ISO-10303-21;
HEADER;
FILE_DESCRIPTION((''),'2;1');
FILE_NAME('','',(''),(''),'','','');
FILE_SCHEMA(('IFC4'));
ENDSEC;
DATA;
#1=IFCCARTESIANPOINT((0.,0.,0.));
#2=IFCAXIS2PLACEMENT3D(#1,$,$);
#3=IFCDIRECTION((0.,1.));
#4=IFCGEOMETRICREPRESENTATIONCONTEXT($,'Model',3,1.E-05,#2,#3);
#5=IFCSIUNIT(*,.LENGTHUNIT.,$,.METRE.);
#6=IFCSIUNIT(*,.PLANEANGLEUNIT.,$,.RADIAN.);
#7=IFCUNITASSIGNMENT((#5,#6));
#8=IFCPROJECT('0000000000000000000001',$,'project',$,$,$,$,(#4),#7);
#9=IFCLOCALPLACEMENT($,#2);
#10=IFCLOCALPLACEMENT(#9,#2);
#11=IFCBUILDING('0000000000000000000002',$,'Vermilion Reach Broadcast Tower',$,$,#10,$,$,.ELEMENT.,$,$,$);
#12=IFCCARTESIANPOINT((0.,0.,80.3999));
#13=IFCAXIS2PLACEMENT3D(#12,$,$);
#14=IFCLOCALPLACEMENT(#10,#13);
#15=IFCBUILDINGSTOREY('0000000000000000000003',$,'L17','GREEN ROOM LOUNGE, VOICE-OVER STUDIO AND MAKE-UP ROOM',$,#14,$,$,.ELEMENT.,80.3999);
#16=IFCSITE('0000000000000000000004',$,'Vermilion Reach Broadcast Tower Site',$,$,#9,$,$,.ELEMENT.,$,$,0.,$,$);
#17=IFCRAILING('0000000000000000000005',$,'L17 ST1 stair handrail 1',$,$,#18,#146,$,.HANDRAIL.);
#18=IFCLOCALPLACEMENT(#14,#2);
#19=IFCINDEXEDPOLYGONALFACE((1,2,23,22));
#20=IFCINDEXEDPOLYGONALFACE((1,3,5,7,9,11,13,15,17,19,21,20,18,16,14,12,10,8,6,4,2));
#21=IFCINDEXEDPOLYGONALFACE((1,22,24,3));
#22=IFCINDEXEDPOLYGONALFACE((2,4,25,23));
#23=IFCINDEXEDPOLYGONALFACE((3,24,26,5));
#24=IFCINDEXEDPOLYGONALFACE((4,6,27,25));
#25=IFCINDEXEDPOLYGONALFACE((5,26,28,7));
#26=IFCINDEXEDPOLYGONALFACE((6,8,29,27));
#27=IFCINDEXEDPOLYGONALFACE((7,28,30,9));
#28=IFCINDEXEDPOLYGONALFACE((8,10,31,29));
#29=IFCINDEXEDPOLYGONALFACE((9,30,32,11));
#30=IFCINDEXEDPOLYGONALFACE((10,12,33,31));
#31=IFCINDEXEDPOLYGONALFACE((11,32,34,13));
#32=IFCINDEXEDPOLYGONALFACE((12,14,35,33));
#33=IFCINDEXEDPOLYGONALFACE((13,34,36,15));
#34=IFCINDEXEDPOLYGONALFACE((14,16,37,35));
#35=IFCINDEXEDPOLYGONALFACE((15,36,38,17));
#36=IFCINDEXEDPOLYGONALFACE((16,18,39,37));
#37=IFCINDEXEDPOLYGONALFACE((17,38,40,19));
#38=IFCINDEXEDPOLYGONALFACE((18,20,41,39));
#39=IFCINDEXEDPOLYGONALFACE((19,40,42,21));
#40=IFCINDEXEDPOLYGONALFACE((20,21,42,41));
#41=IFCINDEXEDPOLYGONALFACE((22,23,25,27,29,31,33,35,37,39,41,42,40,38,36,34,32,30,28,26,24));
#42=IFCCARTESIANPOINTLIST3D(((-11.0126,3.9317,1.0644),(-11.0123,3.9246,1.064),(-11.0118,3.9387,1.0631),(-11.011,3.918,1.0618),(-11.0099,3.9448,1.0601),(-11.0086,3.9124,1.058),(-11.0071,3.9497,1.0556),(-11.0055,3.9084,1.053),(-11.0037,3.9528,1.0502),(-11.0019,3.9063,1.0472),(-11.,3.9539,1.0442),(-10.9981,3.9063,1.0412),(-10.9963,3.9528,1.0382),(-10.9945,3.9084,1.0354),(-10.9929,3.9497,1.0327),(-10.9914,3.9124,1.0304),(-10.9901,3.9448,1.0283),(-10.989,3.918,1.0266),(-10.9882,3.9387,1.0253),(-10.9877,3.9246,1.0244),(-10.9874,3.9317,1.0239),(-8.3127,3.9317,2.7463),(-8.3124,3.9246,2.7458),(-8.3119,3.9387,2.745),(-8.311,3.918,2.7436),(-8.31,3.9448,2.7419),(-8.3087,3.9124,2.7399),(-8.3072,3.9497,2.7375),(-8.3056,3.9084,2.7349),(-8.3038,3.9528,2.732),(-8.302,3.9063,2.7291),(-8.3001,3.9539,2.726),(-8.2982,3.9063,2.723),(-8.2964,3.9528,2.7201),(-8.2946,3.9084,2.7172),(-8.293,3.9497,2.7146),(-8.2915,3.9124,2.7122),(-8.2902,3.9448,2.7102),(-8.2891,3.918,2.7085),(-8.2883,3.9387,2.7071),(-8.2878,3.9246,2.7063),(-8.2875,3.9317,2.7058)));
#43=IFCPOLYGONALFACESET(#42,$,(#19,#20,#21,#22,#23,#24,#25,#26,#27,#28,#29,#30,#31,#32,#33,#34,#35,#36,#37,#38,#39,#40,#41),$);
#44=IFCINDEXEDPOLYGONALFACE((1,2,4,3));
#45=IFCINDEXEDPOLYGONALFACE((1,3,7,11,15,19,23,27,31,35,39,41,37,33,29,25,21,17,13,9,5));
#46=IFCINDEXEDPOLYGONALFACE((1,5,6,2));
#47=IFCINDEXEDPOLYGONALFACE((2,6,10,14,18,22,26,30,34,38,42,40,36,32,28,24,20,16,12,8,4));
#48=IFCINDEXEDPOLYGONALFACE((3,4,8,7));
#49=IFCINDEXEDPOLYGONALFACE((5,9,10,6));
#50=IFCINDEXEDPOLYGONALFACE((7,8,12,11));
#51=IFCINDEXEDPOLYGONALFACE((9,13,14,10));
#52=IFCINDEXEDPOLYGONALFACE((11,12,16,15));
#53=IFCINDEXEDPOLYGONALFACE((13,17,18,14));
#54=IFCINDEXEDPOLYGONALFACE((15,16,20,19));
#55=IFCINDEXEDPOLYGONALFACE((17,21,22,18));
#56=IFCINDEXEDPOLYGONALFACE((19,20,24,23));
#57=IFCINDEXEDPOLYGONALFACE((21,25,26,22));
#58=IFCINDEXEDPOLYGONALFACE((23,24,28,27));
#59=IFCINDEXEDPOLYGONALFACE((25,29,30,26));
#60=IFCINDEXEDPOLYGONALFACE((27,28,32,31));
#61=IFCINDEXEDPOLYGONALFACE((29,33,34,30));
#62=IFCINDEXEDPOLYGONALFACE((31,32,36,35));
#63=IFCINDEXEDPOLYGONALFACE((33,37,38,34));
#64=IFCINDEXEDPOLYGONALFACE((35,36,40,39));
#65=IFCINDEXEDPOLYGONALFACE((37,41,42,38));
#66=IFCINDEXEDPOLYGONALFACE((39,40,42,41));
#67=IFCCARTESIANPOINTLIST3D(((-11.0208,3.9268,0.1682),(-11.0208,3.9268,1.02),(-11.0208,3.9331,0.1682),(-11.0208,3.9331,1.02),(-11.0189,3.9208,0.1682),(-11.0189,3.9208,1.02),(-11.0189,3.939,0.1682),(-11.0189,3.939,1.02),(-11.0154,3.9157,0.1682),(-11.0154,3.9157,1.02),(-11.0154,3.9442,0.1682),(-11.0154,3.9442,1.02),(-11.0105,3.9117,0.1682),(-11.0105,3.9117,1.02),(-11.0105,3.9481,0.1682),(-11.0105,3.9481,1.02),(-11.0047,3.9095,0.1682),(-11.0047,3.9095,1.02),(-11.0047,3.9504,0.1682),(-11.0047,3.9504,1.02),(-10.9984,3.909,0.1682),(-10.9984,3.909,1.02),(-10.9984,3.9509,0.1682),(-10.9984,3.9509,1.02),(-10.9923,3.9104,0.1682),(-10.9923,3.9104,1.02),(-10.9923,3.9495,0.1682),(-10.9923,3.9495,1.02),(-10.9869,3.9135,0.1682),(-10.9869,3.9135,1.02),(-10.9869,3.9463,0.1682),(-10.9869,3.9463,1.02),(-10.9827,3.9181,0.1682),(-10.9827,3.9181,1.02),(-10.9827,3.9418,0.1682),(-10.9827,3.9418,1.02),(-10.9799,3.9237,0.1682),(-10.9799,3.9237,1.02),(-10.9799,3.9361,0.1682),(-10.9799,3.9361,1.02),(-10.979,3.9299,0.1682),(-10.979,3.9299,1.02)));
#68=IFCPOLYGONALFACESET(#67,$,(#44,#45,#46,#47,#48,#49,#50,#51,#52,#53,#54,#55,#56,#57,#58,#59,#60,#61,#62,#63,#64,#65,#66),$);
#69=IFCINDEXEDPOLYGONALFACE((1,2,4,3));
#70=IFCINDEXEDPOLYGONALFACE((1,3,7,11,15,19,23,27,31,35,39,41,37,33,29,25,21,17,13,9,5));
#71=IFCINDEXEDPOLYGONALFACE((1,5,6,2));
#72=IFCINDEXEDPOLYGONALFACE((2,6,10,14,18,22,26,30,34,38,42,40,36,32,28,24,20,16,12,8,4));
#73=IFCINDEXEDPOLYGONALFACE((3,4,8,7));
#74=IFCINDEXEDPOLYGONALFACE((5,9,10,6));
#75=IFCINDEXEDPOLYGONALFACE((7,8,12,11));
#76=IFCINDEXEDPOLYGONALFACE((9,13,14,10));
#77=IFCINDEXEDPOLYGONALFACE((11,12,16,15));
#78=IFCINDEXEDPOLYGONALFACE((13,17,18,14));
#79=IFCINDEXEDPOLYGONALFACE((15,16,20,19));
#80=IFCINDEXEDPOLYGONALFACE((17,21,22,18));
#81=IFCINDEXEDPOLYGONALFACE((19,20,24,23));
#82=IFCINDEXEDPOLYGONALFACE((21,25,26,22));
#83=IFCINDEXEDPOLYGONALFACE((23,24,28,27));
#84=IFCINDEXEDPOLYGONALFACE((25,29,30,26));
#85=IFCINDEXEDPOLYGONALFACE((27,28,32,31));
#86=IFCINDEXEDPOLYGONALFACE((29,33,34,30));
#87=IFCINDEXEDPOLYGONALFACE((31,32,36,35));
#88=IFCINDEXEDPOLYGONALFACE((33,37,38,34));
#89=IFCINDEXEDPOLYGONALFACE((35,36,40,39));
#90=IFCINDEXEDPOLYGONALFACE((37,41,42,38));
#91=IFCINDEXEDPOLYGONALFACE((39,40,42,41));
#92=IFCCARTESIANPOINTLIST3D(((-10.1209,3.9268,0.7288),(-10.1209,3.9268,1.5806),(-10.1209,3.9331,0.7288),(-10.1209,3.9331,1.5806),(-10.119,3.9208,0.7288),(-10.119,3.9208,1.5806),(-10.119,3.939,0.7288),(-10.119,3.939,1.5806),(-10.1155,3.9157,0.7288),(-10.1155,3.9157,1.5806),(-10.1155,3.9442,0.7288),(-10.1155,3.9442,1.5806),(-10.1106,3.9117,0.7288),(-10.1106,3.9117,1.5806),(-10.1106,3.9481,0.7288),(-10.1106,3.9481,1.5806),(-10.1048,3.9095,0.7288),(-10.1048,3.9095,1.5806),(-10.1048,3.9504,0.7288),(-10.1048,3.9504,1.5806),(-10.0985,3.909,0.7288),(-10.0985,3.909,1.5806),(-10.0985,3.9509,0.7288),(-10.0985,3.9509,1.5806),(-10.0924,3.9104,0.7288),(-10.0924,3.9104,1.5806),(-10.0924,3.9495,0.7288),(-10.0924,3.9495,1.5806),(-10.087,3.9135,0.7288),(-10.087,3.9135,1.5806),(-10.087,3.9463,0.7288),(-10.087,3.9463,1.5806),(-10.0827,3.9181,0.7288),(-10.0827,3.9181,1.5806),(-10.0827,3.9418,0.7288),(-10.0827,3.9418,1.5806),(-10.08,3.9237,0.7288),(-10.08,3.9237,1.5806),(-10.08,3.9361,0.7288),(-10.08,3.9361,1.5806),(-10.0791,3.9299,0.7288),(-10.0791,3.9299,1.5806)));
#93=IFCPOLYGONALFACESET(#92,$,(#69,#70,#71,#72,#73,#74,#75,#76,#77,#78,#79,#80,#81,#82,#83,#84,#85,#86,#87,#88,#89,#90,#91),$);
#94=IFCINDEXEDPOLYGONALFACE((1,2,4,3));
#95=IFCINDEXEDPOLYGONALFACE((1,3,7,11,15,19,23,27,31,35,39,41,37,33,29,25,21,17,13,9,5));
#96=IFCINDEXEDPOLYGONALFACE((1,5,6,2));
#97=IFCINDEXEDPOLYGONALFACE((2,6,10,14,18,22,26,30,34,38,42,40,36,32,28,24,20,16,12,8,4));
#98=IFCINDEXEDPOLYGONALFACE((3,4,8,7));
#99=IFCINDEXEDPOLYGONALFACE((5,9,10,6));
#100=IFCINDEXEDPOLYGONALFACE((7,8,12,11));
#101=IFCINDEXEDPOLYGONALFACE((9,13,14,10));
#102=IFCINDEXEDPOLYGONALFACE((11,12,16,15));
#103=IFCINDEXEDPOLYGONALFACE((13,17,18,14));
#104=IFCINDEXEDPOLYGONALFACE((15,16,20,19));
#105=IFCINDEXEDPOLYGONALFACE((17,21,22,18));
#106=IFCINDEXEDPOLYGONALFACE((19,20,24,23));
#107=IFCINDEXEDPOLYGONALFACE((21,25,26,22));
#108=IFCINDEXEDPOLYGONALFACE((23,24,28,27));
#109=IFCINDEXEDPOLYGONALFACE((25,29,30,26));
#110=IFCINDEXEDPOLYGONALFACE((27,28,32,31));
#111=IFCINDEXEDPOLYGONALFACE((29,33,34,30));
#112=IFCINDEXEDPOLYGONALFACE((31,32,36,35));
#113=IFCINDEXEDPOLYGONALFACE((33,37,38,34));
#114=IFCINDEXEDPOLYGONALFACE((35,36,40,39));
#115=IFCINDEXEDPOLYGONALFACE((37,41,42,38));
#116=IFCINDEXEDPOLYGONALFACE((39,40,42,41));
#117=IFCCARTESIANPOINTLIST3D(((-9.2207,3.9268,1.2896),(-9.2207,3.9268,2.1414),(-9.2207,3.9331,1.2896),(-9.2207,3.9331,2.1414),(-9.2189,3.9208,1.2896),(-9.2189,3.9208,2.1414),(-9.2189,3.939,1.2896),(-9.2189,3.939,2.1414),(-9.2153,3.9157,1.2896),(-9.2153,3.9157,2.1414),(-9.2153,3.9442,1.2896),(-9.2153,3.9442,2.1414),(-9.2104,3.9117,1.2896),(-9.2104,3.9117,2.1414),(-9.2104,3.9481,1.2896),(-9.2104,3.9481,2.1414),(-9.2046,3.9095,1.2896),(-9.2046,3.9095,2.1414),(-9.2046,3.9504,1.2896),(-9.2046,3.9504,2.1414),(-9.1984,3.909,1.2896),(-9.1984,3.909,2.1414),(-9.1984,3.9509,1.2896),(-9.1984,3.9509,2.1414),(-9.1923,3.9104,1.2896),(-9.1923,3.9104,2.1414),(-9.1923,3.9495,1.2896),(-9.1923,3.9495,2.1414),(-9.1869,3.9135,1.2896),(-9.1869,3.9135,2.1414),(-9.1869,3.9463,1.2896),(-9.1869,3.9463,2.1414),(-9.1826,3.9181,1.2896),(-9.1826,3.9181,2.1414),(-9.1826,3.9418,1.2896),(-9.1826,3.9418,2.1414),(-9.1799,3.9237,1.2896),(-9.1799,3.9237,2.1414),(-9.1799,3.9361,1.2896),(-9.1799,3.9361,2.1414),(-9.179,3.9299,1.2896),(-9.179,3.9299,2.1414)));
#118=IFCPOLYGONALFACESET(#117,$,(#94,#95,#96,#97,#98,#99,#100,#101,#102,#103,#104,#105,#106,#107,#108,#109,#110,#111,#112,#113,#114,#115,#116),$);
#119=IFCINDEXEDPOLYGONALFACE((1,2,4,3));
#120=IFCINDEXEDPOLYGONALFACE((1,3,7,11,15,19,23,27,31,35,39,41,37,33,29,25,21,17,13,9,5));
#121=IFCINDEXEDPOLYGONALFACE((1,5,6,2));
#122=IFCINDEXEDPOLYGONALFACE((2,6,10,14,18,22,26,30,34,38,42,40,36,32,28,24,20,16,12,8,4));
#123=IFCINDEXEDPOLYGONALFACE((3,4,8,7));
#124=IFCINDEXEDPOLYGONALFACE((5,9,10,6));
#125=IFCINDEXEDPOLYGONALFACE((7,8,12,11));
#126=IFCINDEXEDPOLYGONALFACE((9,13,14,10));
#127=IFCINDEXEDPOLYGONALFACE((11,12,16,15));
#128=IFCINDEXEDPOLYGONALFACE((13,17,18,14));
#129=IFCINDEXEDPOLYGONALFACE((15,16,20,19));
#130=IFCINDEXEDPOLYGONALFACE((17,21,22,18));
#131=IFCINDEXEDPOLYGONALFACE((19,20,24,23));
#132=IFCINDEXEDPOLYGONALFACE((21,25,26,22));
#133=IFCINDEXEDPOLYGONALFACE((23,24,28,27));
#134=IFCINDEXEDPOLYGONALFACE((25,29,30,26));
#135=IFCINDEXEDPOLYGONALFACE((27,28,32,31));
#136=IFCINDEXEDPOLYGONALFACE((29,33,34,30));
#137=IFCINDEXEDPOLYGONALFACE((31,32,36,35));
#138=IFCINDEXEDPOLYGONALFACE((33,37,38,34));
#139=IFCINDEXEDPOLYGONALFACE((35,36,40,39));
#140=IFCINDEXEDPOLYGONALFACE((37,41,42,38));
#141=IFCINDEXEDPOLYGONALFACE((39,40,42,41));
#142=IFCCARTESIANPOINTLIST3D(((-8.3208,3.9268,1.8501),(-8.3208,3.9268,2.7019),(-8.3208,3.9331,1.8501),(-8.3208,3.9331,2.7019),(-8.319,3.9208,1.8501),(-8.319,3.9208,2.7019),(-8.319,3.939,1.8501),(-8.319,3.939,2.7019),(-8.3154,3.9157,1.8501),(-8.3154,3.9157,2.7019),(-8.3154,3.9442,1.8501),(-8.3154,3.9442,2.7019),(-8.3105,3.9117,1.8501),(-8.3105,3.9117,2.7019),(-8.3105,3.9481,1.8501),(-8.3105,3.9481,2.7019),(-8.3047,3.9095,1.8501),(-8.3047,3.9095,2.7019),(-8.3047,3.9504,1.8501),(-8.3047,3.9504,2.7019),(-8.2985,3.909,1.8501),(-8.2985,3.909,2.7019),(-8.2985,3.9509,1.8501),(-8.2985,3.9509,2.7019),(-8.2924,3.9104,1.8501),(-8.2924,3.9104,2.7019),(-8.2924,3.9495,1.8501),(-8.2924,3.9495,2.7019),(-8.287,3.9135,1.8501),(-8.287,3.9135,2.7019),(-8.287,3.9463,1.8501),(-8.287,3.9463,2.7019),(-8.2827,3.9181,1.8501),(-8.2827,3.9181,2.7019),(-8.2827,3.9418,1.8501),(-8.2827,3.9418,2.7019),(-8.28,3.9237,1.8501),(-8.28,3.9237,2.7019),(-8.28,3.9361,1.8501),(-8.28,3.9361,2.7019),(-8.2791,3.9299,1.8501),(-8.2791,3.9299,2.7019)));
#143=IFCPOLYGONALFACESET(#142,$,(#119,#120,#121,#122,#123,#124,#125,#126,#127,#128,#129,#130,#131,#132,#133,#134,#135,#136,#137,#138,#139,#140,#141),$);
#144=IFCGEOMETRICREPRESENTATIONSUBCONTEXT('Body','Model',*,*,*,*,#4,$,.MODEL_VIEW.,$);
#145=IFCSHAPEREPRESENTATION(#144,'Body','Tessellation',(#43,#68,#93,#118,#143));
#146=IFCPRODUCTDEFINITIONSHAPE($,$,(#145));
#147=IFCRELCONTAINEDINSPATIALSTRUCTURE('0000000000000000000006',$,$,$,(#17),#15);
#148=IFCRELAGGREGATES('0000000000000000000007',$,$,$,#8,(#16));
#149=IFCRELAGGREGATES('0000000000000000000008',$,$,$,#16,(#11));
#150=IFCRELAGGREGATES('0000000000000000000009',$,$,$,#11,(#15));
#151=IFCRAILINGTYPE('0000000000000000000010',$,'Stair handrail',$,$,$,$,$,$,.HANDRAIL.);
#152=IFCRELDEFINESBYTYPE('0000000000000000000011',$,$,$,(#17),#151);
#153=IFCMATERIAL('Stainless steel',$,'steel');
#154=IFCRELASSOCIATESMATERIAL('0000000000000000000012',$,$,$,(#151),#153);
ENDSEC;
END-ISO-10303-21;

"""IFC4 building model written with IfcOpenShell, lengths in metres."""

from ifc_helpers import new_model, si_unit, direction, frame, origin, origin_2d, place, context, subcontext, project, spatial, circle, extrude, material, type_object, element, save


model = new_model("IFC4")

# Units and contexts
model_context = context("Model", 3, precision=1e-05, world=origin(), true_north=direction((0.0, 1.0)))
body_context = subcontext(model_context, "Body", "Model", "MODEL_VIEW")
ifc_project = project(units=[si_unit("LENGTHUNIT", "METRE"), si_unit("PLANEANGLEUNIT", "RADIAN")], contexts=[model_context])

# Site, building, storey
site_placement = place(None, origin())
site = spatial("IfcSite", under=ifc_project, at=site_placement, Name="Vermilion Reach Broadcast Tower Site", CompositionType="ELEMENT", RefElevation=0.0)
building_placement = place(site_placement, origin())
building = spatial("IfcBuilding", under=site, at=building_placement, Name="Vermilion Reach Broadcast Tower", CompositionType="ELEMENT")
storey_placement = place(building_placement, frame((0.0, 0.0, 80.3999)))
storey = spatial("IfcBuildingStorey", under=building, at=storey_placement, Name="L17", Description="GREEN ROOM LOUNGE, VOICE-OVER STUDIO AND MAKE-UP ROOM", CompositionType="ELEMENT", Elevation=80.3999)

# Railing
ifc_material_1 = material(Name="Stainless steel", Category="steel")
railing_type_1 = type_object("IfcRailingType", Name="Stair handrail", PredefinedType="HANDRAIL", material=ifc_material_1)
railing_1_placement = place(storey_placement, frame((-11.0, 3.9299, 0.1682)))
element("IfcRailing", 1, at=railing_1_placement, inside=storey, type_object=railing_type_1, Name="L17 ST1 stair handrail 1", PredefinedType="HANDRAIL", context=body_context, shape_type="SweptSolid", body=[
    extrude(circle(Radius=0.0239, at=origin_2d()), frame((0.0, 0.0, 0.876), z_axis=(0.848786, 0.0, 0.528736), x_axis=(0.0, 1.0, 0.0)), (0.0, 0.0, 1.0), 3.1809),
    extrude(circle(Radius=0.021, at=origin_2d()), origin(), (0.0, 0.0, 1.0), 0.8518),
    extrude(circle(Radius=0.021, at=origin_2d()), frame((0.8999, 0.0, 0.5605)), (0.0, 0.0, 1.0), 0.8518),
    extrude(circle(Radius=0.021, at=origin_2d()), frame((1.8, 0.0, 1.1213)), (0.0, 0.0, 1.0), 0.8518),
    extrude(circle(Radius=0.021, at=origin_2d()), frame((2.7, 0.0, 1.6819)), (0.0, 0.0, 1.0), 0.8518),
])

save(model, "model.ifc")
